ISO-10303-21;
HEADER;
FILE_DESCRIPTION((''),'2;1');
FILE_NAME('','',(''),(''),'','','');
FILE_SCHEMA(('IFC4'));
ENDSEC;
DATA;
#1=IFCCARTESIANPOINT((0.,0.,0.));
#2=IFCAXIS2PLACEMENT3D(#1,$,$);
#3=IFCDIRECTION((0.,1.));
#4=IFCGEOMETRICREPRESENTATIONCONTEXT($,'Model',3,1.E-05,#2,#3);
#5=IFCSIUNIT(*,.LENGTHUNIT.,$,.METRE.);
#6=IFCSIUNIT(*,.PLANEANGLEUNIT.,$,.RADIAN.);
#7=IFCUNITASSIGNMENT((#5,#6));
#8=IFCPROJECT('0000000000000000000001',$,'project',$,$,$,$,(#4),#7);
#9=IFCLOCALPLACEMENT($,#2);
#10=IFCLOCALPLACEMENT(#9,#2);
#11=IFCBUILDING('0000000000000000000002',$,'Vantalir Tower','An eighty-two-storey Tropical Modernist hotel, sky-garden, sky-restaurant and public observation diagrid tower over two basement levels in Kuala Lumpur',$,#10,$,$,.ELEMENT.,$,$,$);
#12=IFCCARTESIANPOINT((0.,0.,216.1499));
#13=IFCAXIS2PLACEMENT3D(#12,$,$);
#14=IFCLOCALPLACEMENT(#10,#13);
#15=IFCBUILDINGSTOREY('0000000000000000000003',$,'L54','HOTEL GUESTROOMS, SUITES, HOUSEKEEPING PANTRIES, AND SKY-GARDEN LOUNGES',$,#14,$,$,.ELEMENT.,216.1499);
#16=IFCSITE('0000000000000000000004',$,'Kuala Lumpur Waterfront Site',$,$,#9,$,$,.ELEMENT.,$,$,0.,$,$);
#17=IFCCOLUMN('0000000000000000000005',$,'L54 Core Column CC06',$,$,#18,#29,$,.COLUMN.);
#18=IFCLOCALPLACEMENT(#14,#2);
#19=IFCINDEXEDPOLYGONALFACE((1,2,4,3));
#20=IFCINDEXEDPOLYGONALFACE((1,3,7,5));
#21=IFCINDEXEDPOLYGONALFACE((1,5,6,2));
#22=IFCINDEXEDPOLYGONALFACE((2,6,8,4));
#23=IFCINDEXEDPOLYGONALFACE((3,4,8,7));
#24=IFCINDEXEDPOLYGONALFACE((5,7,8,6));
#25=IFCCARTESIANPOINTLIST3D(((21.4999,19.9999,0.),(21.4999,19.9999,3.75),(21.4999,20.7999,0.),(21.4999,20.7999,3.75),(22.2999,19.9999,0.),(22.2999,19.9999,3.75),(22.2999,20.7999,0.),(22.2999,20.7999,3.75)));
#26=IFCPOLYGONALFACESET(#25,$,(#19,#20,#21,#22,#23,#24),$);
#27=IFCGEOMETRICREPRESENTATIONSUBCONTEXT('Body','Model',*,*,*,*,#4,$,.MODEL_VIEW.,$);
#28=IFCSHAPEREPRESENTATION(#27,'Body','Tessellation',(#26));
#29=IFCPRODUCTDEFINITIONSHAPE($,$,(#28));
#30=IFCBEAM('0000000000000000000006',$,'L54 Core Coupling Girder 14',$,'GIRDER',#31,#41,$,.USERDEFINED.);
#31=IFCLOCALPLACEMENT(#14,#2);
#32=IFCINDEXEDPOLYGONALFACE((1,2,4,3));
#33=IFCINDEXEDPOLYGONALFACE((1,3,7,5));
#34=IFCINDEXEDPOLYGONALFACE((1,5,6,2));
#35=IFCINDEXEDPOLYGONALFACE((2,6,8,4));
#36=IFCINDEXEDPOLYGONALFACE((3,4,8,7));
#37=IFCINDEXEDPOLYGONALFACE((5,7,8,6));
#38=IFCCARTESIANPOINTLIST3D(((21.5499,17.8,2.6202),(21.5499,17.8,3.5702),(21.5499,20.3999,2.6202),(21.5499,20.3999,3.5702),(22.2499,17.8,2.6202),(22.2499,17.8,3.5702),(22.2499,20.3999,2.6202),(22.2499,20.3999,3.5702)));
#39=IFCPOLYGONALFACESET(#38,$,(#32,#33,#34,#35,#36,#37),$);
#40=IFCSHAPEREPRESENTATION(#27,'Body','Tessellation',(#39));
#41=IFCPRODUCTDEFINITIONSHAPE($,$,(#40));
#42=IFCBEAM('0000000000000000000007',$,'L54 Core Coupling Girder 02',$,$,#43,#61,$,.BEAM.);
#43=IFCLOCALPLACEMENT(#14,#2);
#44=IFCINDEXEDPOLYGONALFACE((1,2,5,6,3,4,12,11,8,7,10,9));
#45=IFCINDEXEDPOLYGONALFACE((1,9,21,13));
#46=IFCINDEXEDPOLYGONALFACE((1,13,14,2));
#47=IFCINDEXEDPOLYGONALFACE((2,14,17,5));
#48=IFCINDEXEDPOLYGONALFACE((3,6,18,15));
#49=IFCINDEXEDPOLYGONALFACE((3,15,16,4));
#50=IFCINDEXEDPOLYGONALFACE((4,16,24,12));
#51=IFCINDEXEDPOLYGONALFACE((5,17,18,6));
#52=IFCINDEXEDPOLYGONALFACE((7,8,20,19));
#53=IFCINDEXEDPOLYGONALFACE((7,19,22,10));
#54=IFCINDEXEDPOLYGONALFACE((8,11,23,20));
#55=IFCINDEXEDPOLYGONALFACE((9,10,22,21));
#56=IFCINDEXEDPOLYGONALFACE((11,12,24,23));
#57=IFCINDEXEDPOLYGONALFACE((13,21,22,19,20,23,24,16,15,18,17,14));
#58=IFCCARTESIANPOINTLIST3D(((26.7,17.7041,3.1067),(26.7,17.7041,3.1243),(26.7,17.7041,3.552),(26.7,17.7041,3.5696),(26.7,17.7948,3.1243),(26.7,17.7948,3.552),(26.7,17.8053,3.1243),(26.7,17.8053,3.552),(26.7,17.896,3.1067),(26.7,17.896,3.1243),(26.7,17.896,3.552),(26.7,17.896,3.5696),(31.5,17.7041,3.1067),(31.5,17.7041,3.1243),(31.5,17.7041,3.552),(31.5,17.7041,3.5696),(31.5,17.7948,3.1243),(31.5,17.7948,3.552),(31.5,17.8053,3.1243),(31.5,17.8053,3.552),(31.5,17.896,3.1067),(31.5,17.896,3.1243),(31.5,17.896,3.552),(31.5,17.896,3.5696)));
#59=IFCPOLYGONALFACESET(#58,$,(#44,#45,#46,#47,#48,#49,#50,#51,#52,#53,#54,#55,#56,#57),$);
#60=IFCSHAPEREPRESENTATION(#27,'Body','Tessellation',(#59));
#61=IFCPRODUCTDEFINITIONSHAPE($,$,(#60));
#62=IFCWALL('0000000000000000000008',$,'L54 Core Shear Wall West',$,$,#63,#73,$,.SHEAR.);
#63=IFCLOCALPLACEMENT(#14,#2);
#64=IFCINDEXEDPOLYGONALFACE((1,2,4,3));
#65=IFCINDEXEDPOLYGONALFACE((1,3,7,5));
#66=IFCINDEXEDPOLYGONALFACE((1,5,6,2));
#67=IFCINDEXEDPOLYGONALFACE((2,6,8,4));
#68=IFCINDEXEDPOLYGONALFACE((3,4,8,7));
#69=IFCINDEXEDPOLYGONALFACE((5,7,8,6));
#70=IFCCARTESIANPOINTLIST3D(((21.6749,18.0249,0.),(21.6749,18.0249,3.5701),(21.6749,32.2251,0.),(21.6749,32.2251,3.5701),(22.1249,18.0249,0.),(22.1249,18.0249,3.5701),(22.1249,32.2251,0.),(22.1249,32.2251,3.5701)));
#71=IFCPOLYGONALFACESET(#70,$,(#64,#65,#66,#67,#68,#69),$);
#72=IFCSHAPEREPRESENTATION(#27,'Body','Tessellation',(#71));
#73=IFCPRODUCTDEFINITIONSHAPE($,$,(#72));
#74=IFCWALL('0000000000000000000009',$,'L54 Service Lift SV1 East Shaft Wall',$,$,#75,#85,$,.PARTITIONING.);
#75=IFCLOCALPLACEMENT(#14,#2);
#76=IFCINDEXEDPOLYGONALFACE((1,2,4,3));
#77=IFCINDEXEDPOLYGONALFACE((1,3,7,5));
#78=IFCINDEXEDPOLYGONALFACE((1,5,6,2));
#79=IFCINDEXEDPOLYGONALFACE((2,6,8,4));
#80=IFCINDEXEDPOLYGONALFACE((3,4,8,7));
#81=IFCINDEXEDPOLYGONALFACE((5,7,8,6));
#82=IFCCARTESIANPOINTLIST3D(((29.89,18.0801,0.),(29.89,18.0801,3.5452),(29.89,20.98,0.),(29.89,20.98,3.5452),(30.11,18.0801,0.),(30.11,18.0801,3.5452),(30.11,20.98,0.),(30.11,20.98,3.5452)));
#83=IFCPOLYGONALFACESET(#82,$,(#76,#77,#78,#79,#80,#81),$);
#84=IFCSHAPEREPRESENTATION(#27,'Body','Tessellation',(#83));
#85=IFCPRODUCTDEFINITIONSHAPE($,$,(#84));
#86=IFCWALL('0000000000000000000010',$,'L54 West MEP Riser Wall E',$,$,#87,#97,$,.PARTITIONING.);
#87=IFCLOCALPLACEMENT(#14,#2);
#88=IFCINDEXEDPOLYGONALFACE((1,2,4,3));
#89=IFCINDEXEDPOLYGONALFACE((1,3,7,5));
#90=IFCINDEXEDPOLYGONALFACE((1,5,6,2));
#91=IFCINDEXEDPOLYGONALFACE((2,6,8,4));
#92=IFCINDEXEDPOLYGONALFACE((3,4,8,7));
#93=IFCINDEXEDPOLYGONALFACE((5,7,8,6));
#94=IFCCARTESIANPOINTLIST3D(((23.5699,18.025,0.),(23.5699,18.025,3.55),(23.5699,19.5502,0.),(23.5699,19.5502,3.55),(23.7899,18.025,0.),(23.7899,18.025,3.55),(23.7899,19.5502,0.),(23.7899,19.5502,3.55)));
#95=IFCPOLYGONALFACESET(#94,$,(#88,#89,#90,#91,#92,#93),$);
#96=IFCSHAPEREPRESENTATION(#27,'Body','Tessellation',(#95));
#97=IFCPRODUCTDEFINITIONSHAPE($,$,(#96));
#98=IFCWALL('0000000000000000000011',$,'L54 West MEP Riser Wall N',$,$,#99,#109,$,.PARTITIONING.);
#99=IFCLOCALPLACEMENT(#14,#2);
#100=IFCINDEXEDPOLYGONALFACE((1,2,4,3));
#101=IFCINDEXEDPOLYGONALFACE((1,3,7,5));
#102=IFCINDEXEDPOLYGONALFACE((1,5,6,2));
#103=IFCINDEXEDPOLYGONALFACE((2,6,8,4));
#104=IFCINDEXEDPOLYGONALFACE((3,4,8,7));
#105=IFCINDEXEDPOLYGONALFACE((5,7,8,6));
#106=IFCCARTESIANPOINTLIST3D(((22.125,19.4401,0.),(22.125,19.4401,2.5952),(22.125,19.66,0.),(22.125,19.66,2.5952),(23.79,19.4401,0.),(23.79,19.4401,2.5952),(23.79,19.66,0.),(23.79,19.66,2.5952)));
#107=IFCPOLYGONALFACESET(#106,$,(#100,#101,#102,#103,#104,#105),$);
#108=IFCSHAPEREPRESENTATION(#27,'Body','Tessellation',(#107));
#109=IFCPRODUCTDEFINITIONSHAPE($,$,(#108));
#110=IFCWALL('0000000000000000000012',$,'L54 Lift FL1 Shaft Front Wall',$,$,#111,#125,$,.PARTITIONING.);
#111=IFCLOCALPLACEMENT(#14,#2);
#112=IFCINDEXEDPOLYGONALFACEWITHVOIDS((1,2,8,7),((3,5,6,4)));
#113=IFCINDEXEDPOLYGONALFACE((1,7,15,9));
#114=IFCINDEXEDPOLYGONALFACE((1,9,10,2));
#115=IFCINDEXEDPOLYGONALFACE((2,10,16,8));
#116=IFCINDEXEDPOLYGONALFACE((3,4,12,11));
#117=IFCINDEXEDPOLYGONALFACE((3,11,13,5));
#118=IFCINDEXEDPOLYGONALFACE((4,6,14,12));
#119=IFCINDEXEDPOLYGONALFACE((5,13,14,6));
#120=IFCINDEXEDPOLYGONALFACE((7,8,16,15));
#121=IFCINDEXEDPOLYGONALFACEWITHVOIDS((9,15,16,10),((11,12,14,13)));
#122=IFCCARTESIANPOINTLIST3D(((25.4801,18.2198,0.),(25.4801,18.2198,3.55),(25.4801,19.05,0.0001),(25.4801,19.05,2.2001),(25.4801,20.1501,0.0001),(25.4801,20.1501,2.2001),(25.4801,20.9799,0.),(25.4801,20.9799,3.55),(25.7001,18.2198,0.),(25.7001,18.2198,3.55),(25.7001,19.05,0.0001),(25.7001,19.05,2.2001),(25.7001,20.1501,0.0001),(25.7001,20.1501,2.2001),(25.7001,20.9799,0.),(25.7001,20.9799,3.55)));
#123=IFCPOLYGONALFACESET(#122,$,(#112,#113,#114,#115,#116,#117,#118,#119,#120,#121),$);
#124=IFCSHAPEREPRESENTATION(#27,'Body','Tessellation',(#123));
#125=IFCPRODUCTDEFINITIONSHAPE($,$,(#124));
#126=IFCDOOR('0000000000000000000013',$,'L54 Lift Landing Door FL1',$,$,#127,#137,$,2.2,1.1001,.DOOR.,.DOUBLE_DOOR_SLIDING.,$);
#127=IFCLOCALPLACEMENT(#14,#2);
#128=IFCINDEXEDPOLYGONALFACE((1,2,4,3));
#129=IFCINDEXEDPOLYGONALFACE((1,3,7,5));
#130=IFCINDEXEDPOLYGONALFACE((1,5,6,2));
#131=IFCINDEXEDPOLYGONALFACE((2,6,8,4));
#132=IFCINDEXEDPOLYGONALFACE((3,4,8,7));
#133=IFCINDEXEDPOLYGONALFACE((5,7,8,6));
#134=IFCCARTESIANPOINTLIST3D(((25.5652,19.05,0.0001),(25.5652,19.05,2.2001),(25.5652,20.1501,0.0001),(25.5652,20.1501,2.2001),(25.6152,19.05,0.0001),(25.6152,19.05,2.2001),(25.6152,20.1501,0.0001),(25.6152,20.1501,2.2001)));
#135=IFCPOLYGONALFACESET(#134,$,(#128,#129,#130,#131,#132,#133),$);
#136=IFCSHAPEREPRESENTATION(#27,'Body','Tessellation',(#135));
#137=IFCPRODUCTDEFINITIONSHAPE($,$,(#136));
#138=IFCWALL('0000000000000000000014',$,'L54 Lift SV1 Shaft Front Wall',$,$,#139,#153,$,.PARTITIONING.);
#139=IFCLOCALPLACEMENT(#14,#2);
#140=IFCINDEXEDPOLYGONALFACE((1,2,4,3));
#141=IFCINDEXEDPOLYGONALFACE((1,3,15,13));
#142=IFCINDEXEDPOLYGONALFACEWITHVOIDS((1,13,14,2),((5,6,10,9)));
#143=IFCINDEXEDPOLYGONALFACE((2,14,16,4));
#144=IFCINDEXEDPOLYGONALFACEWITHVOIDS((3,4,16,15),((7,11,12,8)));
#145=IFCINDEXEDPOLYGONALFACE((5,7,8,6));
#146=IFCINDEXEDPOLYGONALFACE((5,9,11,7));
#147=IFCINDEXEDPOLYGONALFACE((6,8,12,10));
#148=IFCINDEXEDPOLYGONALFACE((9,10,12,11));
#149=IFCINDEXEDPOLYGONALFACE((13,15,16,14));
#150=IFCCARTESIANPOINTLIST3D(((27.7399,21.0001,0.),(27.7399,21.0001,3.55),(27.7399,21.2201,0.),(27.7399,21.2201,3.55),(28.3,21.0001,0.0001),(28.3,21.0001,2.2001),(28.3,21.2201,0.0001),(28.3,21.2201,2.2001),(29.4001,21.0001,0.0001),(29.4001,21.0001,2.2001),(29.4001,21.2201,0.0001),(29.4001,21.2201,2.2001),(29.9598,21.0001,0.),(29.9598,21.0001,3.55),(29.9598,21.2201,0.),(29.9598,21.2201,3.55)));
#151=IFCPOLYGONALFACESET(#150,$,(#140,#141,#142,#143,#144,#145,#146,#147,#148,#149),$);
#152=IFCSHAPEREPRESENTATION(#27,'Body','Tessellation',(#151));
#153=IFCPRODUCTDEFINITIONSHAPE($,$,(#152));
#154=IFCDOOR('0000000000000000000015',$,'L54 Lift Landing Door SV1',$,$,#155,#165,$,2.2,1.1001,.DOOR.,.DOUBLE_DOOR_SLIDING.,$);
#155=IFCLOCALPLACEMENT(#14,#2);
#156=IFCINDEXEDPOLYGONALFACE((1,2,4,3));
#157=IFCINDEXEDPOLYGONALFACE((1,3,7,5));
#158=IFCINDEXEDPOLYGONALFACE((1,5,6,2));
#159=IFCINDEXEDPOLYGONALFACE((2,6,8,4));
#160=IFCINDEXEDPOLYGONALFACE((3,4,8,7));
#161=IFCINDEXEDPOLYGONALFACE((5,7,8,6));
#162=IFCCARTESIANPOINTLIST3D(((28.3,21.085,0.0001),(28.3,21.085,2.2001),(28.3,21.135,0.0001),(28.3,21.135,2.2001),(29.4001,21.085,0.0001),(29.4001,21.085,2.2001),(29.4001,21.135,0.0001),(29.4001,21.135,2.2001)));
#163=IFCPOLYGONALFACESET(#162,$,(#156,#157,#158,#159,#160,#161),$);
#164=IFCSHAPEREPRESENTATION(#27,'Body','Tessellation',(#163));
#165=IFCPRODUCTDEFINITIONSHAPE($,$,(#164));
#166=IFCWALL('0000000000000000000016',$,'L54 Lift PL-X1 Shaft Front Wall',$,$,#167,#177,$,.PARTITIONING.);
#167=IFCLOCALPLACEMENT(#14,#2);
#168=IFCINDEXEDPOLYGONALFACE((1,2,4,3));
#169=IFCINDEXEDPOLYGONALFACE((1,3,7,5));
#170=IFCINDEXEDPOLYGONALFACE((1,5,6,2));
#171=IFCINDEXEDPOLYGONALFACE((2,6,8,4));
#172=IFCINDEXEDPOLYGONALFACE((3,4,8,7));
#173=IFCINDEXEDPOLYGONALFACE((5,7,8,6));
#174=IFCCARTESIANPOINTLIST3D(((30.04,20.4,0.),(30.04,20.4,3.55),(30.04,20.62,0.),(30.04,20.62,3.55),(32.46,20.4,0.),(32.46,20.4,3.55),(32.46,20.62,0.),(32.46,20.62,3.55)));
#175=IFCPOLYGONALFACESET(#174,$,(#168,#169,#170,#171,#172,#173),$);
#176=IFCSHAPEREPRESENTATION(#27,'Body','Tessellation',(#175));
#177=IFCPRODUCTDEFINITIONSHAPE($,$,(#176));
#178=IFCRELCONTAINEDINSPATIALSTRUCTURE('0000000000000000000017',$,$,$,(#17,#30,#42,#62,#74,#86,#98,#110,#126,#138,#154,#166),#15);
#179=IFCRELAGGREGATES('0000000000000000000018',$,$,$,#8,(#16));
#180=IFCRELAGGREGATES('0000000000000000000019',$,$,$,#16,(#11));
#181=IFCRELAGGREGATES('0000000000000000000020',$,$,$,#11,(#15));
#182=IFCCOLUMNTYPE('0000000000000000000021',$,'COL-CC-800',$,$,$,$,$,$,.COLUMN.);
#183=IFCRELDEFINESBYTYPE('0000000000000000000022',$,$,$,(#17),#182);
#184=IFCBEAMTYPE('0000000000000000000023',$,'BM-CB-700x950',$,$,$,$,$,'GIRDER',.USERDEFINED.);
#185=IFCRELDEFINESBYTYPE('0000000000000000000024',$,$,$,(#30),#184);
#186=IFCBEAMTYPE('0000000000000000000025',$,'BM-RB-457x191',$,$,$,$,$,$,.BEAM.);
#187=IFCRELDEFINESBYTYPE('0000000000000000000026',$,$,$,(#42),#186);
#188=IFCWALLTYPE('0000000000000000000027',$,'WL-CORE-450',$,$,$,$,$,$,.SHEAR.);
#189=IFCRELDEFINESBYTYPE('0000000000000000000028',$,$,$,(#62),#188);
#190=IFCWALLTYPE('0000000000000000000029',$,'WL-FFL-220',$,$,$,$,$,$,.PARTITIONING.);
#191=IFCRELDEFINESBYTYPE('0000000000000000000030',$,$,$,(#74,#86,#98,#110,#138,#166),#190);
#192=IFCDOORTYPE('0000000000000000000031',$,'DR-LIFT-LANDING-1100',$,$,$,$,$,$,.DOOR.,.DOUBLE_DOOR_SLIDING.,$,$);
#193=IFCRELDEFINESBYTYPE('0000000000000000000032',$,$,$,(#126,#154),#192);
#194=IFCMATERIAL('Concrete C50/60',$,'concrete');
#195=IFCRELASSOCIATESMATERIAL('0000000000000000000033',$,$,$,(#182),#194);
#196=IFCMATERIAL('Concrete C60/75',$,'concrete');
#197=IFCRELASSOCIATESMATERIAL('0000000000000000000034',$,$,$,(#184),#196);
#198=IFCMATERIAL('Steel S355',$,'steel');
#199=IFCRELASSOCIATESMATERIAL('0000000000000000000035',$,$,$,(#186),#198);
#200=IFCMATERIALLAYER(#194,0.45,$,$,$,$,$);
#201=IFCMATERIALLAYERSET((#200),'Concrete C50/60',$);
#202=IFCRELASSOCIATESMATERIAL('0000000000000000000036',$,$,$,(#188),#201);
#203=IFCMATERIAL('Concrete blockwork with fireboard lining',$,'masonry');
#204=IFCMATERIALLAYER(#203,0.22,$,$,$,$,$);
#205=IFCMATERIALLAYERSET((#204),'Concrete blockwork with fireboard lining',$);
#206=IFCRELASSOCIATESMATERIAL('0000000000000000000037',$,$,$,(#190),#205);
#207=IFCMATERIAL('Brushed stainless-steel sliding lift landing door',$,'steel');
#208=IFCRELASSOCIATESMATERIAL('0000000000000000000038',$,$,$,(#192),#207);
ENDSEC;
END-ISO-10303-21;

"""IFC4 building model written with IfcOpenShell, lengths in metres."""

from ifc_helpers import new_model, si_unit, direction, frame, frame_2d, origin, origin_2d, place, context, subcontext, project, spatial, rectangle, i_section, extrude, material, layer, layer_set, material_profile, profile_set, type_object, element, fill, save


model = new_model("IFC4")

# Units and contexts
model_context = context("Model", 3, precision=1e-05, world=origin(), true_north=direction((0.0, 1.0)))
body_context = subcontext(model_context, "Body", "Model", "MODEL_VIEW")
ifc_project = project(units=[si_unit("LENGTHUNIT", "METRE"), si_unit("PLANEANGLEUNIT", "RADIAN")], contexts=[model_context])

# Site, building, storey
site_placement = place(None, origin())
site = spatial("IfcSite", under=ifc_project, at=site_placement, Name="Kuala Lumpur Waterfront Site", CompositionType="ELEMENT", RefElevation=0.0)
building_placement = place(site_placement, origin())
building = spatial("IfcBuilding", under=site, at=building_placement, Name="Vantalir Tower", Description="An eighty-two-storey Tropical Modernist hotel, sky-garden, sky-restaurant and public observation diagrid tower over two basement levels in Kuala Lumpur", CompositionType="ELEMENT")
storey_placement = place(building_placement, frame((0.0, 0.0, 216.1499)))
storey = spatial("IfcBuildingStorey", under=building, at=storey_placement, Name="L54", Description="HOTEL GUESTROOMS, SUITES, HOUSEKEEPING PANTRIES, AND SKY-GARDEN LOUNGES", CompositionType="ELEMENT", Elevation=216.1499)

# Column
ifc_material_1 = material(Name="Concrete C50/60", Category="concrete")
ifc_material_profile_1 = material_profile(ifc_material_1, rectangle(XDim=0.8, YDim=0.8, at=origin_2d()), Name="Concrete C50/60")
ifc_profile_set_1 = profile_set([ifc_material_profile_1], Name="Concrete C50/60")
column_type = type_object("IfcColumnType", Name="COL-CC-800", PredefinedType="COLUMN", material=ifc_profile_set_1)
column_placement = place(storey_placement, frame((21.8999, 20.3999, 0.0), z_axis=(0.0, 0.0, 1.0), x_axis=(1.0, 0.0, 0.0)))
element("IfcColumn", 1, at=column_placement, inside=storey, type_object=column_type, Name="L54 Core Column CC06", PredefinedType="COLUMN", context=body_context, shape_type="SweptSolid", body=[
    extrude(rectangle(XDim=0.8, YDim=0.8, at=origin_2d()), origin(), (0.0, 0.0, 1.0), 3.75),
])

# Beams
ifc_material_2 = material(Name="Concrete C60/75", Category="concrete")
ifc_material_profile_2 = material_profile(ifc_material_2, rectangle(XDim=0.7, YDim=0.95, at=origin_2d()), Name="Concrete C60/75")
ifc_profile_set_2 = profile_set([ifc_material_profile_2], Name="Concrete C60/75")
beam_type_1 = type_object("IfcBeamType", Name="BM-CB-700x950", ElementType="GIRDER", PredefinedType="USERDEFINED", material=ifc_profile_set_2)
beam_1_placement = place(storey_placement, frame((21.8999, 20.3999, 3.0952), z_axis=(0.0, -1.0, 0.0), x_axis=(1.0, 0.0, 0.0)))
element("IfcBeam", 2, at=beam_1_placement, inside=storey, type_object=beam_type_1, Name="L54 Core Coupling Girder 14", ObjectType="GIRDER", PredefinedType="USERDEFINED", context=body_context, shape_type="SweptSolid", body=[
    extrude(rectangle(XDim=0.7, YDim=0.95, at=origin_2d()), origin(), (0.0, 0.0, 1.0), 2.5999),
])
ifc_material_3 = material(Name="Steel S355", Category="steel")
ifc_material_profile_3 = material_profile(ifc_material_3, i_section(OverallWidth=0.1919, OverallDepth=0.4629, WebThickness=0.0105, FlangeThickness=0.0176, at=origin_2d()), Name="Steel S355")
ifc_profile_set_3 = profile_set([ifc_material_profile_3], Name="Steel S355")
beam_type_2 = type_object("IfcBeamType", Name="BM-RB-457x191", PredefinedType="BEAM", material=ifc_profile_set_3)
beam_2_placement = place(storey_placement, frame((26.7, 17.8, 3.3381), z_axis=(1.0, 0.0, 0.0), x_axis=(0.0, 1.0, 0.0)))
element("IfcBeam", 3, at=beam_2_placement, inside=storey, type_object=beam_type_2, Name="L54 Core Coupling Girder 02", PredefinedType="BEAM", context=body_context, shape_type="SweptSolid", body=[
    extrude(i_section(OverallWidth=0.1919, OverallDepth=0.4629, WebThickness=0.0105, FlangeThickness=0.0176, at=origin_2d()), origin(), (0.0, 0.0, 1.0), 4.8),
])

# Walls
ifc_layer_1 = layer(ifc_material_1, 0.45)
ifc_layer_set_1 = layer_set([ifc_layer_1], Name="Concrete C50/60")
wall_type_1 = type_object("IfcWallType", Name="WL-CORE-450", PredefinedType="SHEAR", material=ifc_layer_set_1)
wall_1_placement = place(storey_placement, frame((21.8999, 18.0249, 0.0), z_axis=(0.0, 0.0, 1.0), x_axis=(0.0, 1.0, 0.0)))
element("IfcWall", 4, at=wall_1_placement, inside=storey, type_object=wall_type_1, Name="L54 Core Shear Wall West", PredefinedType="SHEAR", context=body_context, shape_type="SweptSolid", body=[
    extrude(rectangle(XDim=14.2002, YDim=0.45, at=frame_2d((7.1001, 0.0))), origin(), (0.0, 0.0, 1.0), 3.5701),
])
ifc_material_4 = material(Name="Concrete blockwork with fireboard lining", Category="masonry")
ifc_layer_2 = layer(ifc_material_4, 0.22)
ifc_layer_set_2 = layer_set([ifc_layer_2], Name="Concrete blockwork with fireboard lining")
wall_type_2 = type_object("IfcWallType", Name="WL-FFL-220", PredefinedType="PARTITIONING", material=ifc_layer_set_2)
wall_2_placement = place(storey_placement, frame((30.0, 18.0801, 0.0), z_axis=(0.0, 0.0, 1.0), x_axis=(0.0, 1.0, 0.0)))
element("IfcWall", 5, at=wall_2_placement, inside=storey, type_object=wall_type_2, Name="L54 Service Lift SV1 East Shaft Wall", PredefinedType="PARTITIONING", context=body_context, shape_type="SweptSolid", body=[
    extrude(rectangle(XDim=2.8999, YDim=0.22, at=frame_2d((1.45, 0.0))), origin(), (0.0, 0.0, 1.0), 3.5452),
])
wall_3_placement = place(storey_placement, frame((23.6799, 18.0249, 0.0), z_axis=(0.0, 0.0, 1.0), x_axis=(0.0, 1.0, 0.0)))
element("IfcWall", 6, at=wall_3_placement, inside=storey, type_object=wall_type_2, Name="L54 West MEP Riser Wall E", PredefinedType="PARTITIONING", context=body_context, shape_type="SweptSolid", body=[
    extrude(rectangle(XDim=1.5251, YDim=0.22, at=frame_2d((0.7627, 0.0))), origin(), (0.0, 0.0, 1.0), 3.55),
])
wall_4_placement = place(storey_placement, frame((22.125, 19.55, 0.0), z_axis=(0.0, 0.0, 1.0), x_axis=(1.0, 0.0, 0.0)))
element("IfcWall", 7, at=wall_4_placement, inside=storey, type_object=wall_type_2, Name="L54 West MEP Riser Wall N", PredefinedType="PARTITIONING", context=body_context, shape_type="SweptSolid", body=[
    extrude(rectangle(XDim=1.665, YDim=0.22, at=frame_2d((0.8325, 0.0))), origin(), (0.0, 0.0, 1.0), 2.5952),
])

# Walls, openings, doors
wall_5_placement = place(storey_placement, frame((25.5901, 18.22, 0.0), z_axis=(0.0, 0.0, 1.0), x_axis=(0.0, 1.0, 0.0)))
wall_5 = element("IfcWall", 8, at=wall_5_placement, inside=storey, type_object=wall_type_2, Name="L54 Lift FL1 Shaft Front Wall", PredefinedType="PARTITIONING", context=body_context, shape_type="SweptSolid", body=[
    extrude(rectangle(XDim=2.76, YDim=0.22, at=frame_2d((1.3799, 0.0))), origin(), (0.0, 0.0, 1.0), 3.55),
])
opening_1_placement = place(wall_5_placement, frame((0.8301, 0.0, 0.0)))
opening_1 = element("IfcOpeningElement", 9, at=opening_1_placement, cuts=wall_5, PredefinedType="OPENING", context=body_context, shape_type="SweptSolid", body=[
    extrude(rectangle(XDim=1.1001, YDim=2.2, at=frame_2d((0.55, 1.1001))), frame((0.0, 0.1199, 0.0), z_axis=(0.0, -1.0, 0.0), x_axis=(1.0, 0.0, 0.0)), (0.0, 0.0, 1.0), 0.24),
])
ifc_material_5 = material(Name="Brushed stainless-steel sliding lift landing door", Category="steel")
door_type_1 = type_object("IfcDoorType", Name="DR-LIFT-LANDING-1100", OperationType="DOUBLE_DOOR_SLIDING", PredefinedType="DOOR", material=ifc_material_5)
door_1_placement = place(opening_1_placement, origin())
door_1 = element("IfcDoor", 10, at=door_1_placement, inside=storey, type_object=door_type_1, Name="L54 Lift Landing Door FL1", OperationType="DOUBLE_DOOR_SLIDING", OverallHeight=2.2, OverallWidth=1.1001, PredefinedType="DOOR", context=body_context, shape_type="SweptSolid", body=[
    extrude(rectangle(XDim=1.1001, YDim=2.2, at=frame_2d((0.55, 1.1001))), frame((0.0, 0.0249, 0.0), z_axis=(0.0, -1.0, 0.0), x_axis=(1.0, 0.0, 0.0)), (0.0, 0.0, 1.0), 0.05),
])
fill(opening_1, door_1)
wall_6_placement = place(storey_placement, frame((27.74, 21.1101, 0.0), z_axis=(0.0, 0.0, 1.0), x_axis=(1.0, 0.0, 0.0)))
wall_6 = element("IfcWall", 11, at=wall_6_placement, inside=storey, type_object=wall_type_2, Name="L54 Lift SV1 Shaft Front Wall", PredefinedType="PARTITIONING", context=body_context, shape_type="SweptSolid", body=[
    extrude(rectangle(XDim=2.22, YDim=0.22, at=frame_2d((1.1099, 0.0))), origin(), (0.0, 0.0, 1.0), 3.55),
])
opening_2_placement = place(wall_6_placement, frame((0.5601, 0.0, 0.0)))
opening_2 = element("IfcOpeningElement", 12, at=opening_2_placement, cuts=wall_6, PredefinedType="OPENING", context=body_context, shape_type="SweptSolid", body=[
    extrude(rectangle(XDim=1.1001, YDim=2.2, at=frame_2d((0.55, 1.1001))), frame((0.0, 0.1199, 0.0), z_axis=(0.0, -1.0, 0.0), x_axis=(1.0, 0.0, 0.0)), (0.0, 0.0, 1.0), 0.24),
])
door_2_placement = place(opening_2_placement, origin())
door_2 = element("IfcDoor", 13, at=door_2_placement, inside=storey, type_object=door_type_1, Name="L54 Lift Landing Door SV1", OperationType="DOUBLE_DOOR_SLIDING", OverallHeight=2.2, OverallWidth=1.1001, PredefinedType="DOOR", context=body_context, shape_type="SweptSolid", body=[
    extrude(rectangle(XDim=1.1001, YDim=2.2, at=frame_2d((0.55, 1.1001))), frame((0.0, 0.0249, 0.0), z_axis=(0.0, -1.0, 0.0), x_axis=(1.0, 0.0, 0.0)), (0.0, 0.0, 1.0), 0.05),
])
fill(opening_2, door_2)

# Wall
wall_7_placement = place(storey_placement, frame((30.04, 20.51, 0.0), z_axis=(0.0, 0.0, 1.0), x_axis=(1.0, 0.0, 0.0)))
element("IfcWall", 14, at=wall_7_placement, inside=storey, type_object=wall_type_2, Name="L54 Lift PL-X1 Shaft Front Wall", PredefinedType="PARTITIONING", context=body_context, shape_type="SweptSolid", body=[
    extrude(rectangle(XDim=2.4199, YDim=0.22, at=frame_2d((1.21, 0.0))), origin(), (0.0, 0.0, 1.0), 3.55),
])

save(model, "model.ifc")
